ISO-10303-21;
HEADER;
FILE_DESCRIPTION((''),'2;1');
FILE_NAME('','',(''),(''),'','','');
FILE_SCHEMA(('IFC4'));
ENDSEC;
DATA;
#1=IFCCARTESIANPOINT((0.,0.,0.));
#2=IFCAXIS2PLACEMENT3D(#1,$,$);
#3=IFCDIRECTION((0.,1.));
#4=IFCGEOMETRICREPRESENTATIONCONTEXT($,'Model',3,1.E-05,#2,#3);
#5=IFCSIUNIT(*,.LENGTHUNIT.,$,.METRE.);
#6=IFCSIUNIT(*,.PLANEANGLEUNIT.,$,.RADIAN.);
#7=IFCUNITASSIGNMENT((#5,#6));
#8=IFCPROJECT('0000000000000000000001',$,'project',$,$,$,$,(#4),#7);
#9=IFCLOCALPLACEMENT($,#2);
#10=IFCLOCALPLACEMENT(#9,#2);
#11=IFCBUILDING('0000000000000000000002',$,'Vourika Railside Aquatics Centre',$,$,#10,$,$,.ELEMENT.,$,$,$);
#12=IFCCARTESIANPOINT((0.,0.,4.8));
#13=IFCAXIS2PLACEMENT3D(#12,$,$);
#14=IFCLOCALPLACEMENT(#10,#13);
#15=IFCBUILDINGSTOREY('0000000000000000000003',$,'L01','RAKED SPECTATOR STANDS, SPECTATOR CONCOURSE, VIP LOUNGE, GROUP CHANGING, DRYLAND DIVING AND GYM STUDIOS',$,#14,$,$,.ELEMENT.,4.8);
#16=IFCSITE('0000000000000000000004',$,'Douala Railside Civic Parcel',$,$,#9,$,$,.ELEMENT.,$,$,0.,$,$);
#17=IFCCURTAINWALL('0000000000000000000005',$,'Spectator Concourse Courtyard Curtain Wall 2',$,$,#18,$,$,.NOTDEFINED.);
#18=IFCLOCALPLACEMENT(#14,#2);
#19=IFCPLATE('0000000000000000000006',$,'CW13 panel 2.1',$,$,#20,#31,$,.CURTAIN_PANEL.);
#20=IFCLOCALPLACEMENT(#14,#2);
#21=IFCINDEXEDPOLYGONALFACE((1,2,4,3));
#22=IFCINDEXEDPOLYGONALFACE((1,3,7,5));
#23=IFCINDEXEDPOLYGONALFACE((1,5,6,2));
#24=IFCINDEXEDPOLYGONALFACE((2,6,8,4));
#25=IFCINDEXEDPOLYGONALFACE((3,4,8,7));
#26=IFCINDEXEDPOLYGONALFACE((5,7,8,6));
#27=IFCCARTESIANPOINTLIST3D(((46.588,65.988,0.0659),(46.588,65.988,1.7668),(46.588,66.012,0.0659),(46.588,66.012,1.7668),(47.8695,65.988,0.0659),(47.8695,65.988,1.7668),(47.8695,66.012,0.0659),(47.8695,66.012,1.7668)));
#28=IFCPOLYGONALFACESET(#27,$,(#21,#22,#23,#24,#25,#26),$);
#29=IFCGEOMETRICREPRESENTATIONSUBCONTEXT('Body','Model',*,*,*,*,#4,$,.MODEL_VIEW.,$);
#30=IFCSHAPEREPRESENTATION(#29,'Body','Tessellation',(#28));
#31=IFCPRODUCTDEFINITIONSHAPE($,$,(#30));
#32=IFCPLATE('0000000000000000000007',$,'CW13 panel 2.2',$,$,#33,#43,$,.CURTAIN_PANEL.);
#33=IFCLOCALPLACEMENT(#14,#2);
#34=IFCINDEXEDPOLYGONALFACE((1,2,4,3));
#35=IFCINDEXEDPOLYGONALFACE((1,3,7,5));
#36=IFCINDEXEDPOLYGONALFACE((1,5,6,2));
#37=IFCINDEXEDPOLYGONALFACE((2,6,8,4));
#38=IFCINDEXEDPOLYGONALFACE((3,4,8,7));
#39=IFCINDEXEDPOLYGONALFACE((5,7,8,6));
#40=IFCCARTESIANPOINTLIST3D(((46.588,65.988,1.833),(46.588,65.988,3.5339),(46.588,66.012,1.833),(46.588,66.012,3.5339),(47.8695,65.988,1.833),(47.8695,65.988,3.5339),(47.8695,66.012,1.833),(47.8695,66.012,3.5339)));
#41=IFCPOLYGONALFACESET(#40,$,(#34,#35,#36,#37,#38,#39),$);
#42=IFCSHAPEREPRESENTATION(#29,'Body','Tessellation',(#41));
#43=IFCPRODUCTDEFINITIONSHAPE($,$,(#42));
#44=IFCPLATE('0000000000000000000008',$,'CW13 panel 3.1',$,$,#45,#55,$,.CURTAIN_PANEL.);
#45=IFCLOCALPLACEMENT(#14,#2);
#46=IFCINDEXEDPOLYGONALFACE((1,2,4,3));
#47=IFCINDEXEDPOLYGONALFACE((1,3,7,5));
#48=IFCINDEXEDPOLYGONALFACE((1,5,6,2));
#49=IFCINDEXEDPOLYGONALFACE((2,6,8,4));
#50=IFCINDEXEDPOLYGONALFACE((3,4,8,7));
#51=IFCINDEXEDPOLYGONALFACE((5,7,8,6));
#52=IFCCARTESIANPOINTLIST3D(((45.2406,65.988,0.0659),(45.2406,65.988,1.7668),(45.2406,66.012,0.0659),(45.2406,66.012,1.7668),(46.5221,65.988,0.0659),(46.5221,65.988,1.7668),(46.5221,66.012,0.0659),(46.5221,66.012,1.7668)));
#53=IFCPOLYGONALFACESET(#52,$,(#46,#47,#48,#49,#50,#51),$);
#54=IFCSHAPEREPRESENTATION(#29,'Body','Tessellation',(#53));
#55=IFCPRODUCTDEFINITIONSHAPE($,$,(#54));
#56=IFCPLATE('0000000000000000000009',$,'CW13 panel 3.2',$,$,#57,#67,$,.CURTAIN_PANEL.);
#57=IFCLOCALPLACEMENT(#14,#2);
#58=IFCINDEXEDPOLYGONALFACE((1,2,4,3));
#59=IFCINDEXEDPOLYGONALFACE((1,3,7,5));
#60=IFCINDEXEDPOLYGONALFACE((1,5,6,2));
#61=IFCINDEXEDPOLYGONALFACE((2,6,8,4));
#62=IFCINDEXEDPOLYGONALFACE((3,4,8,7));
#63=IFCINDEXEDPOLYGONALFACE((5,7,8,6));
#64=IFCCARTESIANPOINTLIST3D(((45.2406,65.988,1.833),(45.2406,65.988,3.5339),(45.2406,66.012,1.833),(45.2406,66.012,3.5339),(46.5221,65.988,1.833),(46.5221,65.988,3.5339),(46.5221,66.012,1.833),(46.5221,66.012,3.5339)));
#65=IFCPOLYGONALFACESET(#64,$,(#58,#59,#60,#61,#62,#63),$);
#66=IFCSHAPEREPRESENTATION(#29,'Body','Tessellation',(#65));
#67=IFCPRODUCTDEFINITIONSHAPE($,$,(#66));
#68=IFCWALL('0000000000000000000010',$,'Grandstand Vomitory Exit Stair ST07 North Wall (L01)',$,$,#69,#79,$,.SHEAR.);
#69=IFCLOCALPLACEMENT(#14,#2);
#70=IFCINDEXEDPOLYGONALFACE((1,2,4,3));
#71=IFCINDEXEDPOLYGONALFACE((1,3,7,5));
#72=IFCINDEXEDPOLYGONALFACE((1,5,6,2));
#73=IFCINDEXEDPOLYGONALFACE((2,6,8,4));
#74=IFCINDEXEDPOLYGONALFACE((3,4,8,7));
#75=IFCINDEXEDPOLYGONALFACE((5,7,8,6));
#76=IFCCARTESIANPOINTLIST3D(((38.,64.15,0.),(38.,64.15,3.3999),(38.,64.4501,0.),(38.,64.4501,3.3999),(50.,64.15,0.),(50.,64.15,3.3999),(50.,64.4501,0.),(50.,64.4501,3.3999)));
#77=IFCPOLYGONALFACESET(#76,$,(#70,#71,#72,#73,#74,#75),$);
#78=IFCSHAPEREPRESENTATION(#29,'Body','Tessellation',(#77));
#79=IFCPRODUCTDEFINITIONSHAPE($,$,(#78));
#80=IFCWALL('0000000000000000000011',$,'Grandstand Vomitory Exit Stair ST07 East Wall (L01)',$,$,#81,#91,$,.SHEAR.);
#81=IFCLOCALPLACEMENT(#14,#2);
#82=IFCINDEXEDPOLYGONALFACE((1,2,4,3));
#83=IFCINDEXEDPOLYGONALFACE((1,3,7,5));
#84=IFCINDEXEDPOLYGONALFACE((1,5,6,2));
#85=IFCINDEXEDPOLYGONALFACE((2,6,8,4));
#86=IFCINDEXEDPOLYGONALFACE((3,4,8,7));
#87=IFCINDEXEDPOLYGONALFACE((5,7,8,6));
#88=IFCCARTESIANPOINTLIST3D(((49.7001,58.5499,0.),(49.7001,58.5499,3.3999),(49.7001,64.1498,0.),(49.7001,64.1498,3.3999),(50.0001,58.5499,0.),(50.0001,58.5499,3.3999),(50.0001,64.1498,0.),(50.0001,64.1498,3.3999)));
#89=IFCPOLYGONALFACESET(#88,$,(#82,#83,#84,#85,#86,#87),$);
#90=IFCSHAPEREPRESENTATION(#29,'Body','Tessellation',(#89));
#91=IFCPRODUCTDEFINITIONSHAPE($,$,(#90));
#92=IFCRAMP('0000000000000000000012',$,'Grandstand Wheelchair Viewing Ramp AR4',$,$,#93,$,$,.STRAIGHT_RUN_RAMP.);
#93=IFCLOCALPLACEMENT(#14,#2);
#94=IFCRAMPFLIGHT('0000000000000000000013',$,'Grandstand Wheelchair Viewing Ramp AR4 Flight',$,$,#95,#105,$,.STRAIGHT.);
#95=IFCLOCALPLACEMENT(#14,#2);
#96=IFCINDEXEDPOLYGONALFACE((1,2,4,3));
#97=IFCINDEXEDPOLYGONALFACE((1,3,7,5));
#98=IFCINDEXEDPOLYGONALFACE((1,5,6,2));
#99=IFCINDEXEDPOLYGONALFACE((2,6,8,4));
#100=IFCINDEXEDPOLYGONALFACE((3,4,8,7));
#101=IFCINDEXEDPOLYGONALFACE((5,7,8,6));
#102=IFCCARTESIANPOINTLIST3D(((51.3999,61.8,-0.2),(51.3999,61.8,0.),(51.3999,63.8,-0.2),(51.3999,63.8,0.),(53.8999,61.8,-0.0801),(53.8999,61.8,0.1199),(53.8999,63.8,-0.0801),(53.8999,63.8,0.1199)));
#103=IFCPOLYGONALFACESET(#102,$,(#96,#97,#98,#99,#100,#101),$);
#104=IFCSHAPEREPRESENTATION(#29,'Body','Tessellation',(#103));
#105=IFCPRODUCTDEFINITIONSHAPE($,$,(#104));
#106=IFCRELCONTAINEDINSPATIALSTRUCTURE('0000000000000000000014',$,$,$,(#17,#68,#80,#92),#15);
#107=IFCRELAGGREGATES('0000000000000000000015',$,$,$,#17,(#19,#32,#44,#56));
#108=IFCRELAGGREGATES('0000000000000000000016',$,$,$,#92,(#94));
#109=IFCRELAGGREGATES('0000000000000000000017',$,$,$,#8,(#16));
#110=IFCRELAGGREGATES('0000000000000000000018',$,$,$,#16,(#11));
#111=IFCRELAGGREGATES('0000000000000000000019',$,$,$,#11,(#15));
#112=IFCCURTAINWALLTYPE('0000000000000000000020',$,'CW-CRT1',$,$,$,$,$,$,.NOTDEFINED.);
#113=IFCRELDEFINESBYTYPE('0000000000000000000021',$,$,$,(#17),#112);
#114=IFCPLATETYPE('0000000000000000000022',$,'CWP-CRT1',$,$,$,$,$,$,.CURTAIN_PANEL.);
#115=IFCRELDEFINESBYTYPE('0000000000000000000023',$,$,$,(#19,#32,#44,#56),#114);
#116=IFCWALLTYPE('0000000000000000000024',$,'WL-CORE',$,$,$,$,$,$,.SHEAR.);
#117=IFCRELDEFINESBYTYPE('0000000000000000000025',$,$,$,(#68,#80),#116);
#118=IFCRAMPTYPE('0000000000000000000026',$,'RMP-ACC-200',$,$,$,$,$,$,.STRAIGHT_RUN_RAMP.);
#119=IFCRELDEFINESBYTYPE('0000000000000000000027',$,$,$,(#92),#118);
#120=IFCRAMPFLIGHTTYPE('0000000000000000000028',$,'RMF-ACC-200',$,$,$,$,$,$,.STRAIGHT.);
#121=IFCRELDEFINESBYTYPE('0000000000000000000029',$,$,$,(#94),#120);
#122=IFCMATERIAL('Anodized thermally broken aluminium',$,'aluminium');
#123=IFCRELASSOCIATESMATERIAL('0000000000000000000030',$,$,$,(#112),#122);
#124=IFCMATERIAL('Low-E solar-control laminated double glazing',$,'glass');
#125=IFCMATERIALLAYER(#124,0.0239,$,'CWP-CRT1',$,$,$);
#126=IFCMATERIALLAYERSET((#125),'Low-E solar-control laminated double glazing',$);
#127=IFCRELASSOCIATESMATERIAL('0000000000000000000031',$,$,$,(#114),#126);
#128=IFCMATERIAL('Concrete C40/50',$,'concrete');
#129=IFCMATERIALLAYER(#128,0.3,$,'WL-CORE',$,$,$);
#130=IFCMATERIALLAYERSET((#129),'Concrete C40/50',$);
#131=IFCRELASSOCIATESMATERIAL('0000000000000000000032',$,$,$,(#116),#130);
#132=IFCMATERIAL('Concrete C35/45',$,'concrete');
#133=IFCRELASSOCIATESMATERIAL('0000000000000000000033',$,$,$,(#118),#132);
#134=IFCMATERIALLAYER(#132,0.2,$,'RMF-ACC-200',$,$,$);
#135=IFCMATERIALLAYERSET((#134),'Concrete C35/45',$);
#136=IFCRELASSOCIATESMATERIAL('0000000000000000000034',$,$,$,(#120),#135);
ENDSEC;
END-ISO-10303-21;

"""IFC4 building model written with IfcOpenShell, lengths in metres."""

from ifc_helpers import new_model, si_unit, direction, frame, frame_2d, origin, origin_2d, place, context, subcontext, project, spatial, polyline, rectangle, outline, extrude, material, layer, layer_set, type_object, element, aggregate, save


model = new_model("IFC4")

# Units and contexts
model_context = context("Model", 3, precision=1e-05, world=origin(), true_north=direction((0.0, 1.0)))
body_context = subcontext(model_context, "Body", "Model", "MODEL_VIEW")
ifc_project = project(units=[si_unit("LENGTHUNIT", "METRE"), si_unit("PLANEANGLEUNIT", "RADIAN")], contexts=[model_context])

# Site, building, storey
site_placement = place(None, origin())
site = spatial("IfcSite", under=ifc_project, at=site_placement, Name="Douala Railside Civic Parcel", CompositionType="ELEMENT", RefElevation=0.0)
building_placement = place(site_placement, origin())
building = spatial("IfcBuilding", under=site, at=building_placement, Name="Vourika Railside Aquatics Centre", CompositionType="ELEMENT")
storey_placement = place(building_placement, frame((0.0, 0.0, 4.8)))
storey = spatial("IfcBuildingStorey", under=building, at=storey_placement, Name="L01", Description="RAKED SPECTATOR STANDS, SPECTATOR CONCOURSE, VIP LOUNGE, GROUP CHANGING, DRYLAND DIVING AND GYM STUDIOS", CompositionType="ELEMENT", Elevation=4.8)

# Shared definitions
ifc_material_1 = material(Name="Concrete C35/45", Category="concrete")
ifc_material_2 = material(Name="Concrete C40/50", Category="concrete")

# Curtain wall, plates
ifc_material_3 = material(Name="Anodized thermally broken aluminium", Category="aluminium")
curtain_wall_type = type_object("IfcCurtainWallType", Name="CW-CRT1", PredefinedType="NOTDEFINED", material=ifc_material_3)
curtain_wall_placement = place(storey_placement, origin())
curtain_wall = element("IfcCurtainWall", 1, at=curtain_wall_placement, inside=storey, type_object=curtain_wall_type, Name="Spectator Concourse Courtyard Curtain Wall 2", PredefinedType="NOTDEFINED")
ifc_material_4 = material(Name="Low-E solar-control laminated double glazing", Category="glass")
ifc_layer_1 = layer(ifc_material_4, 0.0239, Name="CWP-CRT1")
ifc_layer_set_1 = layer_set([ifc_layer_1], Name="Low-E solar-control laminated double glazing")
plate_type = type_object("IfcPlateType", Name="CWP-CRT1", PredefinedType="CURTAIN_PANEL", material=ifc_layer_set_1)
plate_1_placement = place(storey_placement, frame((47.2288, 66.0, 0.0659), z_axis=(0.0, 0.0, 1.0), x_axis=(-1.0, 0.0, 0.0)))
plate_1 = element("IfcPlate", 2, at=plate_1_placement, type_object=plate_type, Name="CW13 panel 2.1", PredefinedType="CURTAIN_PANEL", context=body_context, shape_type="SweptSolid", body=[
    extrude(rectangle(XDim=1.2815, YDim=0.0239, at=origin_2d()), origin(), (0.0, 0.0, 1.0), 1.7009),
])
plate_2_placement = place(storey_placement, frame((47.2288, 66.0, 1.833), z_axis=(0.0, 0.0, 1.0), x_axis=(-1.0, 0.0, 0.0)))
plate_2 = element("IfcPlate", 3, at=plate_2_placement, type_object=plate_type, Name="CW13 panel 2.2", PredefinedType="CURTAIN_PANEL", context=body_context, shape_type="SweptSolid", body=[
    extrude(rectangle(XDim=1.2815, YDim=0.0239, at=origin_2d()), origin(), (0.0, 0.0, 1.0), 1.7009),
])
plate_3_placement = place(storey_placement, frame((45.8813, 66.0, 0.0659), z_axis=(0.0, 0.0, 1.0), x_axis=(-1.0, 0.0, 0.0)))
plate_3 = element("IfcPlate", 4, at=plate_3_placement, type_object=plate_type, Name="CW13 panel 3.1", PredefinedType="CURTAIN_PANEL", context=body_context, shape_type="SweptSolid", body=[
    extrude(rectangle(XDim=1.2815, YDim=0.0239, at=origin_2d()), origin(), (0.0, 0.0, 1.0), 1.7009),
])
plate_4_placement = place(storey_placement, frame((45.8813, 66.0, 1.833), z_axis=(0.0, 0.0, 1.0), x_axis=(-1.0, 0.0, 0.0)))
plate_4 = element("IfcPlate", 5, at=plate_4_placement, type_object=plate_type, Name="CW13 panel 3.2", PredefinedType="CURTAIN_PANEL", context=body_context, shape_type="SweptSolid", body=[
    extrude(rectangle(XDim=1.2815, YDim=0.0239, at=origin_2d()), origin(), (0.0, 0.0, 1.0), 1.7009),
])
aggregate(curtain_wall, [plate_1, plate_2, plate_3, plate_4])

# Walls
ifc_layer_2 = layer(ifc_material_2, 0.3, Name="WL-CORE")
ifc_layer_set_2 = layer_set([ifc_layer_2], Name="Concrete C40/50")
wall_type = type_object("IfcWallType", Name="WL-CORE", PredefinedType="SHEAR", material=ifc_layer_set_2)
wall_1_placement = place(storey_placement, frame((50.0, 64.3, 0.0), z_axis=(0.0, 0.0, 1.0), x_axis=(-1.0, 0.0, 0.0)))
element("IfcWall", 6, at=wall_1_placement, inside=storey, type_object=wall_type, Name="Grandstand Vomitory Exit Stair ST07 North Wall (L01)", PredefinedType="SHEAR", context=body_context, shape_type="SweptSolid", body=[
    extrude(rectangle(XDim=12.0, YDim=0.3, at=frame_2d((6.0, 0.0))), origin(), (0.0, 0.0, 1.0), 3.3999),
])
wall_2_placement = place(storey_placement, frame((49.8501, 58.55, 0.0), z_axis=(0.0, 0.0, 1.0), x_axis=(0.0, 1.0, 0.0)))
element("IfcWall", 7, at=wall_2_placement, inside=storey, type_object=wall_type, Name="Grandstand Vomitory Exit Stair ST07 East Wall (L01)", PredefinedType="SHEAR", context=body_context, shape_type="SweptSolid", body=[
    extrude(rectangle(XDim=5.5999, YDim=0.3, at=frame_2d((2.7998, 0.0))), origin(), (0.0, 0.0, 1.0), 3.3999),
])

# Ramp, ramp flight
ramp_type = type_object("IfcRampType", Name="RMP-ACC-200", PredefinedType="STRAIGHT_RUN_RAMP", material=ifc_material_1)
ramp_placement = place(storey_placement, origin())
ramp = element("IfcRamp", 8, at=ramp_placement, inside=storey, type_object=ramp_type, Name="Grandstand Wheelchair Viewing Ramp AR4", PredefinedType="STRAIGHT_RUN_RAMP")
ifc_layer_3 = layer(ifc_material_1, 0.2, Name="RMF-ACC-200")
ifc_layer_set_3 = layer_set([ifc_layer_3], Name="Concrete C35/45")
ramp_flight_type = type_object("IfcRampFlightType", Name="RMF-ACC-200", PredefinedType="STRAIGHT", material=ifc_layer_set_3)
ramp_flight_placement = place(storey_placement, frame((51.3999, 62.8, 0.0), z_axis=(0.0, 0.0, 1.0), x_axis=(1.0, 0.0, 0.0)))
ramp_flight = element("IfcRampFlight", 9, at=ramp_flight_placement, type_object=ramp_flight_type, Name="Grandstand Wheelchair Viewing Ramp AR4 Flight", PredefinedType="STRAIGHT", context=body_context, shape_type="SweptSolid", body=[
    extrude(outline(polyline([(0.0, 0.0), (2.5, 0.1199), (2.5, -0.0801), (0.0, -0.2), (0.0, 0.0)])), frame((0.0, 1.0, 0.0), z_axis=(0.0, -1.0, 0.0), x_axis=(1.0, 0.0, 0.0)), (0.0, 0.0, 1.0), 2.0),
])
aggregate(ramp, [ramp_flight])

save(model, "model.ifc")
